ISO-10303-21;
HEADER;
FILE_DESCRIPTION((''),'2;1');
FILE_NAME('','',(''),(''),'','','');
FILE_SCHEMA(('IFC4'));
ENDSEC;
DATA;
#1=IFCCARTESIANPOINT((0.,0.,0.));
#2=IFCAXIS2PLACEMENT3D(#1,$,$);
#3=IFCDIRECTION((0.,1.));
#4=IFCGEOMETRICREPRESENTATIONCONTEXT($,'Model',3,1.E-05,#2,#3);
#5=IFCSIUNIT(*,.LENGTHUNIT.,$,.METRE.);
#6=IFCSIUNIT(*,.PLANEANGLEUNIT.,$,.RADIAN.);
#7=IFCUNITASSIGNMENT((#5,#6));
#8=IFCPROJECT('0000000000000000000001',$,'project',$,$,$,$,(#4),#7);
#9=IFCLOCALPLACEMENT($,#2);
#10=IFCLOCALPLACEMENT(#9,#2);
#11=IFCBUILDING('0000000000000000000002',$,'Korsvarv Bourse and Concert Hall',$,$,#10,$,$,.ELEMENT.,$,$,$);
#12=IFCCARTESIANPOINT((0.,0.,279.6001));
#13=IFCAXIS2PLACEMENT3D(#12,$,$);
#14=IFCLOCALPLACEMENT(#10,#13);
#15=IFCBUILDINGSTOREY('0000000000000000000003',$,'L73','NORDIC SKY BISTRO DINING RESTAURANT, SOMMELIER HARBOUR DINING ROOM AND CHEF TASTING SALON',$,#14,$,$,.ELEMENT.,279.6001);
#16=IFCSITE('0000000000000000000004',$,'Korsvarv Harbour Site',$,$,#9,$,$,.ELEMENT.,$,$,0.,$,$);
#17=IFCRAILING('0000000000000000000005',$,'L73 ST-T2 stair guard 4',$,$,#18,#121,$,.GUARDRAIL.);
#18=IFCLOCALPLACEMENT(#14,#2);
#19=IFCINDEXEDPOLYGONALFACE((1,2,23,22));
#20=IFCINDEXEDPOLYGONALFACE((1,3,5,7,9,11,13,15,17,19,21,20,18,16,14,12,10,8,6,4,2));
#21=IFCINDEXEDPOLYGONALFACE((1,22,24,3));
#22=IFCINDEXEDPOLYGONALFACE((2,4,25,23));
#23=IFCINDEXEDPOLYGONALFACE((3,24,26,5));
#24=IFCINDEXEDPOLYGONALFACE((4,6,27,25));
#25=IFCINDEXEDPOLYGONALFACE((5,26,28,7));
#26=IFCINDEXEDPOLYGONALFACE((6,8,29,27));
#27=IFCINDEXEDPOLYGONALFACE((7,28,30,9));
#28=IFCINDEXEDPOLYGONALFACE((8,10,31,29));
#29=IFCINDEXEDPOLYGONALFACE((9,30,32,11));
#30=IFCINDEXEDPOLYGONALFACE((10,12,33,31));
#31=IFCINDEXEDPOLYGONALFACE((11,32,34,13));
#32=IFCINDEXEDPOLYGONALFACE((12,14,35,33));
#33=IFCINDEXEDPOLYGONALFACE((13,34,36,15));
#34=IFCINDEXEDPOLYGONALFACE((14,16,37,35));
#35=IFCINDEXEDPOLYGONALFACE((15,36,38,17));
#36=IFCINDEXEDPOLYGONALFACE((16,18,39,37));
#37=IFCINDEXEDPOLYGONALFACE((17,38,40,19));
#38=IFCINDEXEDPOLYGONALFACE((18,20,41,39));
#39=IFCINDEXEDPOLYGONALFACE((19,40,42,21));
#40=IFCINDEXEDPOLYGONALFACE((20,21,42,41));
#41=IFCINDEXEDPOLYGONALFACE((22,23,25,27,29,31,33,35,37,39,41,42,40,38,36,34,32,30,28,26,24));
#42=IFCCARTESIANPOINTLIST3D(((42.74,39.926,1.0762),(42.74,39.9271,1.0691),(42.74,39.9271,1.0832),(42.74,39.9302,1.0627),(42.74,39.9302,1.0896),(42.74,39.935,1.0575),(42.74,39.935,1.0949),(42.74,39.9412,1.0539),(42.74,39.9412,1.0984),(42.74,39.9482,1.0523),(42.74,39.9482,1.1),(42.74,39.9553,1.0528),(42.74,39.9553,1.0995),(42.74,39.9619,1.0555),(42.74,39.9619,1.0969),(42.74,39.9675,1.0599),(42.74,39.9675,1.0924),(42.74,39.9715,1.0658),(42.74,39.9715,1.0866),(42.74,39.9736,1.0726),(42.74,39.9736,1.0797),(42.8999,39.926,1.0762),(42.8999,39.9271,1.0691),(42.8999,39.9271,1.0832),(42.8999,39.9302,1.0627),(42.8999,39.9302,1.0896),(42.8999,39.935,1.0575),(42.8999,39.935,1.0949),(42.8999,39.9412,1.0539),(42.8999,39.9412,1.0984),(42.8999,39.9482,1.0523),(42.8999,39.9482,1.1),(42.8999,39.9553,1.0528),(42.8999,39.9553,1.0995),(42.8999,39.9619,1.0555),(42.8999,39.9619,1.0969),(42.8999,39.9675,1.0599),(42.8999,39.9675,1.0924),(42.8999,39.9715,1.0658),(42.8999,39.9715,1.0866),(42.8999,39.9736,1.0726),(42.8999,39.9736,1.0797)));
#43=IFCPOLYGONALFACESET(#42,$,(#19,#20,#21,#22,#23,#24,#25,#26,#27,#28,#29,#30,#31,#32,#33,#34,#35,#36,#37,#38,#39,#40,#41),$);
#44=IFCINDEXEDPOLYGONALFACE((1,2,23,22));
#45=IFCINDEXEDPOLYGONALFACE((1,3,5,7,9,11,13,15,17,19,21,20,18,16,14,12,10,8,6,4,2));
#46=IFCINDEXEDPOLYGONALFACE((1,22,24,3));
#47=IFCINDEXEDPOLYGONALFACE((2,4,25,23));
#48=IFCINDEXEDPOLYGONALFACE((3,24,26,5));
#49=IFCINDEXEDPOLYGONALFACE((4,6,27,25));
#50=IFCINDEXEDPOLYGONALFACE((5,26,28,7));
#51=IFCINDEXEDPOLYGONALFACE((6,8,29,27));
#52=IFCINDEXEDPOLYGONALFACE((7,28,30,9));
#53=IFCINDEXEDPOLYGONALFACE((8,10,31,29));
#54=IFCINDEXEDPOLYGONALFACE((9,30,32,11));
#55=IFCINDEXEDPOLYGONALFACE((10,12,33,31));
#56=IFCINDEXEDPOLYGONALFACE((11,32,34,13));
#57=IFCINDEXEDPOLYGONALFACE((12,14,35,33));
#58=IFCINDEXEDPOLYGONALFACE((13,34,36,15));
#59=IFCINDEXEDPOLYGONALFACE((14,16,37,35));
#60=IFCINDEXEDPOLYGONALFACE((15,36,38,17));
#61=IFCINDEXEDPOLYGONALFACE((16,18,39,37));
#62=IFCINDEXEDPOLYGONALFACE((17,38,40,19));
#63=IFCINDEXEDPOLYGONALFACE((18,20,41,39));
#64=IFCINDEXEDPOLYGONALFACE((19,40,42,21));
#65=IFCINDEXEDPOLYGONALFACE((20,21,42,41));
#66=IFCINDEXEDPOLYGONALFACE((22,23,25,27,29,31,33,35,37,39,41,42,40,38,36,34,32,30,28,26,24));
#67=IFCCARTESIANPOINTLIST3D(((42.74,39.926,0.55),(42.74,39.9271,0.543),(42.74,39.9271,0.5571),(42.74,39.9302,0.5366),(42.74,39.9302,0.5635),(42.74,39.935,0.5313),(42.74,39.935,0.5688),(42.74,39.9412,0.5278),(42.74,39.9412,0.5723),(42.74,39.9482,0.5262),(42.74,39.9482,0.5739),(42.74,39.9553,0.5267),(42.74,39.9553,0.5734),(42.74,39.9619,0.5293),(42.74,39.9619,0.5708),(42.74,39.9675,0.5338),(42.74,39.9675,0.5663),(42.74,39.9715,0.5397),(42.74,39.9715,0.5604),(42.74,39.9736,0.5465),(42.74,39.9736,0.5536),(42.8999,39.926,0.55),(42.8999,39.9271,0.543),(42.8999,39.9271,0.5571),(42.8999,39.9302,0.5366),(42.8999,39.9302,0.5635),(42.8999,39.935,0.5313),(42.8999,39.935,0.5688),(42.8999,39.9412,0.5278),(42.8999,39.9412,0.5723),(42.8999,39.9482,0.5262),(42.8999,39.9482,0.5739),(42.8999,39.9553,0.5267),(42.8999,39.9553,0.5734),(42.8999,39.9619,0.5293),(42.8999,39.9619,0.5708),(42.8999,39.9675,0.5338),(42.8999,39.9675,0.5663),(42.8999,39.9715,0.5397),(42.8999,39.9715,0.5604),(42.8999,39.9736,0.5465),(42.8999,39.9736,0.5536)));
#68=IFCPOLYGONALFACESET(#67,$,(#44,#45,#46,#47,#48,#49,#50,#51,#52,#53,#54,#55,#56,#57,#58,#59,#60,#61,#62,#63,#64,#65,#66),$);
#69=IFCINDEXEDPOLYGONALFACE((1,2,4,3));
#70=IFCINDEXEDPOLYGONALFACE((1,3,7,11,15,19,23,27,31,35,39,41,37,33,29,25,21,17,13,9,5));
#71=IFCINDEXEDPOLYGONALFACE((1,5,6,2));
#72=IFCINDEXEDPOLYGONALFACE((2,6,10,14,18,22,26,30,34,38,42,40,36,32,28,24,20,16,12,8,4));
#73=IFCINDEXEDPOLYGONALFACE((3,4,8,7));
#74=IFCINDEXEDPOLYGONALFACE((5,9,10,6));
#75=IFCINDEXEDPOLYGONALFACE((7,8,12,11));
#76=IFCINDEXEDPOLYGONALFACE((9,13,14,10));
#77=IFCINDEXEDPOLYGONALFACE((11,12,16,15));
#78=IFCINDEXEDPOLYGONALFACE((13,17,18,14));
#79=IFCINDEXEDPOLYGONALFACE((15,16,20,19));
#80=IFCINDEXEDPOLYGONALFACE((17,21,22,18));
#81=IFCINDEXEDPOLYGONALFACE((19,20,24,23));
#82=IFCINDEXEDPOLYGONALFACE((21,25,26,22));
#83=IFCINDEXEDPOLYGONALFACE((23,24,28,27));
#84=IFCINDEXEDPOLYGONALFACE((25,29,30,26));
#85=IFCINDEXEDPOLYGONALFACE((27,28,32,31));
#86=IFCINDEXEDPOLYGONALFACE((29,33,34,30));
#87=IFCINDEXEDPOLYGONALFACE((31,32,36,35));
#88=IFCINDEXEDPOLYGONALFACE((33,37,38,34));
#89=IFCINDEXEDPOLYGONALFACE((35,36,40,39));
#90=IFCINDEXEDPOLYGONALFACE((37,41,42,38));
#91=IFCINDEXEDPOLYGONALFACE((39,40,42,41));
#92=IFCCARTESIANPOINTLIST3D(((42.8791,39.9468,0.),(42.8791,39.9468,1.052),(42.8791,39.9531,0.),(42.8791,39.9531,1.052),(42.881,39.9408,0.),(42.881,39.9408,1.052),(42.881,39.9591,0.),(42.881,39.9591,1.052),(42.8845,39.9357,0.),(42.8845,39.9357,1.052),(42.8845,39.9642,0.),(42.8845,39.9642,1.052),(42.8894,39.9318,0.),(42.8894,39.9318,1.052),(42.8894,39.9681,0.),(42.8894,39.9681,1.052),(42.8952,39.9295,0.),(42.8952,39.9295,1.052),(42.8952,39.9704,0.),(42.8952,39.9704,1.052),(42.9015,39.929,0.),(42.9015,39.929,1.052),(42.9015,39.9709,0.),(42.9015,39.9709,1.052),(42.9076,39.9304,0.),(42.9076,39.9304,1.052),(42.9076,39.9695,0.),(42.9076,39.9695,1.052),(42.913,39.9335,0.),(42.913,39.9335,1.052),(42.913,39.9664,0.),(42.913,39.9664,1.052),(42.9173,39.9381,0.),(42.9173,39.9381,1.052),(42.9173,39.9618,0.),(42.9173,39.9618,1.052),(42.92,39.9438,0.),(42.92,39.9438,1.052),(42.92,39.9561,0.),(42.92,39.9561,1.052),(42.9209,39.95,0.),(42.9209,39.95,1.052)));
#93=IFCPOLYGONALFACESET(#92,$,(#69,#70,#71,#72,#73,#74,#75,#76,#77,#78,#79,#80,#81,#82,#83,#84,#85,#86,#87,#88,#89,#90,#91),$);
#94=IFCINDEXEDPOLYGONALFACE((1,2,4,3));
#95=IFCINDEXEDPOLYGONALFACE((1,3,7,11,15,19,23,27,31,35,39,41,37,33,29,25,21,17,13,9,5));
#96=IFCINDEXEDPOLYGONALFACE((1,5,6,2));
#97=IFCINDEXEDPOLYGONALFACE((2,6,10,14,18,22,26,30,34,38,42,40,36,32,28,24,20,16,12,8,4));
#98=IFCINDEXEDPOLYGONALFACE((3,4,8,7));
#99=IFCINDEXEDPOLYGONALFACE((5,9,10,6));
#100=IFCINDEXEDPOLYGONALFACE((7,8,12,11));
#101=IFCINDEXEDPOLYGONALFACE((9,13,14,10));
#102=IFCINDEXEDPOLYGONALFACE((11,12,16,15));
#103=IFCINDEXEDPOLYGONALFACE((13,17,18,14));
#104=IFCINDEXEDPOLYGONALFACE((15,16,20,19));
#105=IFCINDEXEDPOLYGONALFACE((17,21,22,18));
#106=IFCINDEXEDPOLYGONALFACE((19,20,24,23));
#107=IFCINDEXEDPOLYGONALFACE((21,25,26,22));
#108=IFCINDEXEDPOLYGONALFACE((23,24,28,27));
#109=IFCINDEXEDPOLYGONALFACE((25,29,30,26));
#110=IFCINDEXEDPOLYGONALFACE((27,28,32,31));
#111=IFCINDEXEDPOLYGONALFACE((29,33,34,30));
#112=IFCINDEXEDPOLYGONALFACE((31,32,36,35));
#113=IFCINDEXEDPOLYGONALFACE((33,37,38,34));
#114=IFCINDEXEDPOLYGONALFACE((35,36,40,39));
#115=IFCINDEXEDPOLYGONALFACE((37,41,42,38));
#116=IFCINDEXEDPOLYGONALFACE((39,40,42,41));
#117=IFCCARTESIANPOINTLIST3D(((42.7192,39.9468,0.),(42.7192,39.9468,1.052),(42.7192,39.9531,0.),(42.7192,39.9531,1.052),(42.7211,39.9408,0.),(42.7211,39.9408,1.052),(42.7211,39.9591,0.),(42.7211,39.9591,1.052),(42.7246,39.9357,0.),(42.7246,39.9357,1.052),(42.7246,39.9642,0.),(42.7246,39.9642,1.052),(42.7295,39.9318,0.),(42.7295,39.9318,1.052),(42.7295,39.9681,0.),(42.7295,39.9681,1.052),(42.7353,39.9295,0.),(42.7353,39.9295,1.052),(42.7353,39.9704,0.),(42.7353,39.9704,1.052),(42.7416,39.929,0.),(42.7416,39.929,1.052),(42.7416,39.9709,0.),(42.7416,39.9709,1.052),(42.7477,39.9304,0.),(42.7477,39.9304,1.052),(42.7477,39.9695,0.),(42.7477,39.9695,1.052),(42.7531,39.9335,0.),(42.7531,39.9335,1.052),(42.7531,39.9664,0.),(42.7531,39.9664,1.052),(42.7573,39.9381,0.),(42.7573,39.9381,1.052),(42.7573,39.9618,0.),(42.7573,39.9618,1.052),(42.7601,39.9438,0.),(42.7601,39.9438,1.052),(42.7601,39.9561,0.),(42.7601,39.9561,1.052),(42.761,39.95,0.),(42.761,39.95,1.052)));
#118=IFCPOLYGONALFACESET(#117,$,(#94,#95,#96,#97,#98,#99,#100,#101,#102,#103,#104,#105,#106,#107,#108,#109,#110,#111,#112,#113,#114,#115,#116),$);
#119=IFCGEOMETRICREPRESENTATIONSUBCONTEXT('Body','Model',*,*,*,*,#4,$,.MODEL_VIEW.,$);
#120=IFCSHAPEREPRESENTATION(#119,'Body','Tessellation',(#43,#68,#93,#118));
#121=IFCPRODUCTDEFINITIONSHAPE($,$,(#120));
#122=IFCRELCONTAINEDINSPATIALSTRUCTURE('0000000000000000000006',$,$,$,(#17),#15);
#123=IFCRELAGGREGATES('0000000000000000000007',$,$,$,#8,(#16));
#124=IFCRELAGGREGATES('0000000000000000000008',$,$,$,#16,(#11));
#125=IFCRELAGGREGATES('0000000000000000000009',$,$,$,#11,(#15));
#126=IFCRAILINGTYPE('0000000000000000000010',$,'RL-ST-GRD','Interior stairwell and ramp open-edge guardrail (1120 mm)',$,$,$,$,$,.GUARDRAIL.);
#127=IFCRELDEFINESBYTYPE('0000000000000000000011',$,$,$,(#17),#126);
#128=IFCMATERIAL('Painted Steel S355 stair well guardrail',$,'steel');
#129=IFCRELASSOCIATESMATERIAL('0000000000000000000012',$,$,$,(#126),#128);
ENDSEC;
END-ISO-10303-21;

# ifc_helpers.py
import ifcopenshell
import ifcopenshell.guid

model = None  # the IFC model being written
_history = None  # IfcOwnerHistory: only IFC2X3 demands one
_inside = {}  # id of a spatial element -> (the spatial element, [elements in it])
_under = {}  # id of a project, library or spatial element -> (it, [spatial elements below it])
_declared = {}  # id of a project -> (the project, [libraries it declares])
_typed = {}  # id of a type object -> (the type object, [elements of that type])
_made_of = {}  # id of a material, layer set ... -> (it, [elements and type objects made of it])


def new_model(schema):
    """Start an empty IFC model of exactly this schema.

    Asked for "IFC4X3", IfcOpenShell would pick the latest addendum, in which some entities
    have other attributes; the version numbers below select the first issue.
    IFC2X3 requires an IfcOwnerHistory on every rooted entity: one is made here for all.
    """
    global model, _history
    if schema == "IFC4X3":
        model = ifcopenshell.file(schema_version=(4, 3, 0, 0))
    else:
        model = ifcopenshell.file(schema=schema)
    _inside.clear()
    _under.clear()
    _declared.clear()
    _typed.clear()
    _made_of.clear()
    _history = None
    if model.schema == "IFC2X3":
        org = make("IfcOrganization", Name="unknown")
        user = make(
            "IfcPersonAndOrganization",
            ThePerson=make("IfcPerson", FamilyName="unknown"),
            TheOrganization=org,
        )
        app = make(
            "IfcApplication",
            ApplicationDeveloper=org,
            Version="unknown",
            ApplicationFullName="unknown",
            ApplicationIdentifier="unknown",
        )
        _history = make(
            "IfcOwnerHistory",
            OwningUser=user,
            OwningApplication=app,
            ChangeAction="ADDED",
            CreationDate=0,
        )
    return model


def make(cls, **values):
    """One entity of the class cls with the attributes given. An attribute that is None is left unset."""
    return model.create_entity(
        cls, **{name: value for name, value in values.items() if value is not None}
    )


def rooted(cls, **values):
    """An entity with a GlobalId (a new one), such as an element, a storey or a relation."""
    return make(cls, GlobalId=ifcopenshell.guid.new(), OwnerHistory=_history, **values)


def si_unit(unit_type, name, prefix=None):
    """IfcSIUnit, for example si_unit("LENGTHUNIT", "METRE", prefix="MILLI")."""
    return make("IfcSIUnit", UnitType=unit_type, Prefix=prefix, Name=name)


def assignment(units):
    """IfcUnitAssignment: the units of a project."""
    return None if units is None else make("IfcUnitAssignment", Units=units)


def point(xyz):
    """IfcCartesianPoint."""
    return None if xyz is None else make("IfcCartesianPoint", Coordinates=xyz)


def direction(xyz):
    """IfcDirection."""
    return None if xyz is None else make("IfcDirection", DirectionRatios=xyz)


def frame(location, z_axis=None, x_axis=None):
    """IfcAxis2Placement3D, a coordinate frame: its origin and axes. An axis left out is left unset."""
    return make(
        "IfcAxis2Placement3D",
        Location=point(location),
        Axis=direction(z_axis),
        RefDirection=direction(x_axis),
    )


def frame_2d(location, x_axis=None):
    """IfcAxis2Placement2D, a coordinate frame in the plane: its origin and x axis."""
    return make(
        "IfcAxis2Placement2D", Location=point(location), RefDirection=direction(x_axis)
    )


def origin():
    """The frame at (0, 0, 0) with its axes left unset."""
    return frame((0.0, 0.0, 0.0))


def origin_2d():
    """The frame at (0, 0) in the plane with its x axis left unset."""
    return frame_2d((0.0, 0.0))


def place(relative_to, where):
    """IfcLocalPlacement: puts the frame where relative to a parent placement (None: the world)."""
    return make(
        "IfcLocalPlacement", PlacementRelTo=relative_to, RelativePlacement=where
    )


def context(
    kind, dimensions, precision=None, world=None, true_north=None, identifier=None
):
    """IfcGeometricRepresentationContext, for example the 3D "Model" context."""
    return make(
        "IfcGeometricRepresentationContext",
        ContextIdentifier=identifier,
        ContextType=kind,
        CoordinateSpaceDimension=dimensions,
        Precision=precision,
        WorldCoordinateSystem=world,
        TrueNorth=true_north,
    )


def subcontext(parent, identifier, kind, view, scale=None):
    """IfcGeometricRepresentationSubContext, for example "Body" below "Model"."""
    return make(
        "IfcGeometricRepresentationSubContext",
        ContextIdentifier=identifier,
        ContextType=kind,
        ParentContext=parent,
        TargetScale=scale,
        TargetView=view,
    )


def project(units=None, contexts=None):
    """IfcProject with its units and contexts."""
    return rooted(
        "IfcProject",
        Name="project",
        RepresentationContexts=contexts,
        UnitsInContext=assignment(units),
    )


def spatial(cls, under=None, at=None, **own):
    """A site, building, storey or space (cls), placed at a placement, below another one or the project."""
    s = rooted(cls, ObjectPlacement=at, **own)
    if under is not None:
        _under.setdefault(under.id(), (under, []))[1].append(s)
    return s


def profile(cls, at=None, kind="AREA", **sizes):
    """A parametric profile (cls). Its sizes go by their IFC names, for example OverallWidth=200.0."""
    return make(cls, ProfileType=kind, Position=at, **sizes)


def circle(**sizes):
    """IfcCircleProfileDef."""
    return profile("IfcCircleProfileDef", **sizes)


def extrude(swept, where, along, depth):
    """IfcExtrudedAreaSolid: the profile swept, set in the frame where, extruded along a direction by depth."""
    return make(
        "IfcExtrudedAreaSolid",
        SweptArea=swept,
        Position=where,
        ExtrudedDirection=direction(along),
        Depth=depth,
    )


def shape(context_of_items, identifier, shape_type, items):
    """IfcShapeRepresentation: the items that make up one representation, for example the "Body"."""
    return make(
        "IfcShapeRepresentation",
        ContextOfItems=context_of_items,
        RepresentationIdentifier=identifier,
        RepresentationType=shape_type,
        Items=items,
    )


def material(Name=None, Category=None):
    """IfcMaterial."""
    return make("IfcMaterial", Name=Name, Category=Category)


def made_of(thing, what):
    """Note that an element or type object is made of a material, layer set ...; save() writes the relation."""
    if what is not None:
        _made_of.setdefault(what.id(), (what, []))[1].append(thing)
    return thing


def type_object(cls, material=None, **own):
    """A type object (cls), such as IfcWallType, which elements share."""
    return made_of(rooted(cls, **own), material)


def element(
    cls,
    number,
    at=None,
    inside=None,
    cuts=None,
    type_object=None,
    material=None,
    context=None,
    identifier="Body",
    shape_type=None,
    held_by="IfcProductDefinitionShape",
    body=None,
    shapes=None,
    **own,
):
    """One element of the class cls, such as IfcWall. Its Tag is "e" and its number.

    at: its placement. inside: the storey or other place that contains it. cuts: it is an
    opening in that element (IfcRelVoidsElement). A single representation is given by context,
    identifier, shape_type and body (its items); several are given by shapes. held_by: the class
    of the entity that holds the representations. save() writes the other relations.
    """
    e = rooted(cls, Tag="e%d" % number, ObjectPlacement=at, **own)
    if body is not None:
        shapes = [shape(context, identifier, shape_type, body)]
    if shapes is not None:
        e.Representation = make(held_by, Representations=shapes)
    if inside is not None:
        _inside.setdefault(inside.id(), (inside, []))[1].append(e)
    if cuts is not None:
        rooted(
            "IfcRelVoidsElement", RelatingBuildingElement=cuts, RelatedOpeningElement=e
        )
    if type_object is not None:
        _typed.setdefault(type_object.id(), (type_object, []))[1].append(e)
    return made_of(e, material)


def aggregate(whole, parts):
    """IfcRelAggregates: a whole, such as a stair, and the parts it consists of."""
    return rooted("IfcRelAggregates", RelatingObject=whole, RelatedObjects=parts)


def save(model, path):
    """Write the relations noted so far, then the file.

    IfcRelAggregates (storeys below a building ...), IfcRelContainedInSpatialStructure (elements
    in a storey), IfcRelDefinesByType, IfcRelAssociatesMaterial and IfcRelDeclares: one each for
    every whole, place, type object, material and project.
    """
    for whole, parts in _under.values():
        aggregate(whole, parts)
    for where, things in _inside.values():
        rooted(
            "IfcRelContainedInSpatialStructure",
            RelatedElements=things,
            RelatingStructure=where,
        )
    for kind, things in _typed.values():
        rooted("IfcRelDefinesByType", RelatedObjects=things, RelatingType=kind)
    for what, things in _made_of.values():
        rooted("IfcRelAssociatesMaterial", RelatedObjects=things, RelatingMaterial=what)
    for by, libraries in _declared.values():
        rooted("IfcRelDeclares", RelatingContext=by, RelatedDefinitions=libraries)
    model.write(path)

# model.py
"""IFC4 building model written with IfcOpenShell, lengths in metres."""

from ifc_helpers import new_model, si_unit, direction, frame, origin, origin_2d, place, context, subcontext, project, spatial, circle, extrude, material, type_object, element, save


model = new_model("IFC4")

# Units and contexts
model_context = context("Model", 3, precision=1e-05, world=origin(), true_north=direction((0.0, 1.0)))
body_context = subcontext(model_context, "Body", "Model", "MODEL_VIEW")
ifc_project = project(units=[si_unit("LENGTHUNIT", "METRE"), si_unit("PLANEANGLEUNIT", "RADIAN")], contexts=[model_context])

# Site, building, storey
site_placement = place(None, origin())
site = spatial("IfcSite", under=ifc_project, at=site_placement, Name="Korsvarv Harbour Site", CompositionType="ELEMENT", RefElevation=0.0)
building_placement = place(site_placement, origin())
building = spatial("IfcBuilding", under=site, at=building_placement, Name="Korsvarv Bourse and Concert Hall", CompositionType="ELEMENT")
storey_placement = place(building_placement, frame((0.0, 0.0, 279.6001)))
storey = spatial("IfcBuildingStorey", under=building, at=storey_placement, Name="L73", Description="NORDIC SKY BISTRO DINING RESTAURANT, SOMMELIER HARBOUR DINING ROOM AND CHEF TASTING SALON", CompositionType="ELEMENT", Elevation=279.6001)

# Railing
ifc_material_1 = material(Name="Painted Steel S355 stair well guardrail", Category="steel")
railing_type_1 = type_object("IfcRailingType", Name="RL-ST-GRD", Description="Interior stairwell and ramp open-edge guardrail (1120 mm)", PredefinedType="GUARDRAIL", material=ifc_material_1)
railing_1_placement = place(storey_placement, frame((42.8999, 39.95, 0.0)))
element("IfcRailing", 1, at=railing_1_placement, inside=storey, type_object=railing_type_1, Name="L73 ST-T2 stair guard 4", PredefinedType="GUARDRAIL", context=body_context, shape_type="SweptSolid", body=[
    extrude(circle(Radius=0.0239, at=origin_2d()), frame((0.0, 0.0, 1.0762), z_axis=(-1.0, 0.0, 0.0), x_axis=(0.0, -1.0, 0.0)), (0.0, 0.0, 1.0), 0.1599),
    extrude(circle(Radius=0.0239, at=origin_2d()), frame((0.0, 0.0, 0.55), z_axis=(-1.0, 0.0, 0.0), x_axis=(0.0, -1.0, 0.0)), (0.0, 0.0, 1.0), 0.1599),
    extrude(circle(Radius=0.021, at=origin_2d()), origin(), (0.0, 0.0, 1.0), 1.052),
    extrude(circle(Radius=0.021, at=origin_2d()), frame((-0.1599, 0.0, 0.0)), (0.0, 0.0, 1.0), 1.052),
])

save(model, "model.ifc")
